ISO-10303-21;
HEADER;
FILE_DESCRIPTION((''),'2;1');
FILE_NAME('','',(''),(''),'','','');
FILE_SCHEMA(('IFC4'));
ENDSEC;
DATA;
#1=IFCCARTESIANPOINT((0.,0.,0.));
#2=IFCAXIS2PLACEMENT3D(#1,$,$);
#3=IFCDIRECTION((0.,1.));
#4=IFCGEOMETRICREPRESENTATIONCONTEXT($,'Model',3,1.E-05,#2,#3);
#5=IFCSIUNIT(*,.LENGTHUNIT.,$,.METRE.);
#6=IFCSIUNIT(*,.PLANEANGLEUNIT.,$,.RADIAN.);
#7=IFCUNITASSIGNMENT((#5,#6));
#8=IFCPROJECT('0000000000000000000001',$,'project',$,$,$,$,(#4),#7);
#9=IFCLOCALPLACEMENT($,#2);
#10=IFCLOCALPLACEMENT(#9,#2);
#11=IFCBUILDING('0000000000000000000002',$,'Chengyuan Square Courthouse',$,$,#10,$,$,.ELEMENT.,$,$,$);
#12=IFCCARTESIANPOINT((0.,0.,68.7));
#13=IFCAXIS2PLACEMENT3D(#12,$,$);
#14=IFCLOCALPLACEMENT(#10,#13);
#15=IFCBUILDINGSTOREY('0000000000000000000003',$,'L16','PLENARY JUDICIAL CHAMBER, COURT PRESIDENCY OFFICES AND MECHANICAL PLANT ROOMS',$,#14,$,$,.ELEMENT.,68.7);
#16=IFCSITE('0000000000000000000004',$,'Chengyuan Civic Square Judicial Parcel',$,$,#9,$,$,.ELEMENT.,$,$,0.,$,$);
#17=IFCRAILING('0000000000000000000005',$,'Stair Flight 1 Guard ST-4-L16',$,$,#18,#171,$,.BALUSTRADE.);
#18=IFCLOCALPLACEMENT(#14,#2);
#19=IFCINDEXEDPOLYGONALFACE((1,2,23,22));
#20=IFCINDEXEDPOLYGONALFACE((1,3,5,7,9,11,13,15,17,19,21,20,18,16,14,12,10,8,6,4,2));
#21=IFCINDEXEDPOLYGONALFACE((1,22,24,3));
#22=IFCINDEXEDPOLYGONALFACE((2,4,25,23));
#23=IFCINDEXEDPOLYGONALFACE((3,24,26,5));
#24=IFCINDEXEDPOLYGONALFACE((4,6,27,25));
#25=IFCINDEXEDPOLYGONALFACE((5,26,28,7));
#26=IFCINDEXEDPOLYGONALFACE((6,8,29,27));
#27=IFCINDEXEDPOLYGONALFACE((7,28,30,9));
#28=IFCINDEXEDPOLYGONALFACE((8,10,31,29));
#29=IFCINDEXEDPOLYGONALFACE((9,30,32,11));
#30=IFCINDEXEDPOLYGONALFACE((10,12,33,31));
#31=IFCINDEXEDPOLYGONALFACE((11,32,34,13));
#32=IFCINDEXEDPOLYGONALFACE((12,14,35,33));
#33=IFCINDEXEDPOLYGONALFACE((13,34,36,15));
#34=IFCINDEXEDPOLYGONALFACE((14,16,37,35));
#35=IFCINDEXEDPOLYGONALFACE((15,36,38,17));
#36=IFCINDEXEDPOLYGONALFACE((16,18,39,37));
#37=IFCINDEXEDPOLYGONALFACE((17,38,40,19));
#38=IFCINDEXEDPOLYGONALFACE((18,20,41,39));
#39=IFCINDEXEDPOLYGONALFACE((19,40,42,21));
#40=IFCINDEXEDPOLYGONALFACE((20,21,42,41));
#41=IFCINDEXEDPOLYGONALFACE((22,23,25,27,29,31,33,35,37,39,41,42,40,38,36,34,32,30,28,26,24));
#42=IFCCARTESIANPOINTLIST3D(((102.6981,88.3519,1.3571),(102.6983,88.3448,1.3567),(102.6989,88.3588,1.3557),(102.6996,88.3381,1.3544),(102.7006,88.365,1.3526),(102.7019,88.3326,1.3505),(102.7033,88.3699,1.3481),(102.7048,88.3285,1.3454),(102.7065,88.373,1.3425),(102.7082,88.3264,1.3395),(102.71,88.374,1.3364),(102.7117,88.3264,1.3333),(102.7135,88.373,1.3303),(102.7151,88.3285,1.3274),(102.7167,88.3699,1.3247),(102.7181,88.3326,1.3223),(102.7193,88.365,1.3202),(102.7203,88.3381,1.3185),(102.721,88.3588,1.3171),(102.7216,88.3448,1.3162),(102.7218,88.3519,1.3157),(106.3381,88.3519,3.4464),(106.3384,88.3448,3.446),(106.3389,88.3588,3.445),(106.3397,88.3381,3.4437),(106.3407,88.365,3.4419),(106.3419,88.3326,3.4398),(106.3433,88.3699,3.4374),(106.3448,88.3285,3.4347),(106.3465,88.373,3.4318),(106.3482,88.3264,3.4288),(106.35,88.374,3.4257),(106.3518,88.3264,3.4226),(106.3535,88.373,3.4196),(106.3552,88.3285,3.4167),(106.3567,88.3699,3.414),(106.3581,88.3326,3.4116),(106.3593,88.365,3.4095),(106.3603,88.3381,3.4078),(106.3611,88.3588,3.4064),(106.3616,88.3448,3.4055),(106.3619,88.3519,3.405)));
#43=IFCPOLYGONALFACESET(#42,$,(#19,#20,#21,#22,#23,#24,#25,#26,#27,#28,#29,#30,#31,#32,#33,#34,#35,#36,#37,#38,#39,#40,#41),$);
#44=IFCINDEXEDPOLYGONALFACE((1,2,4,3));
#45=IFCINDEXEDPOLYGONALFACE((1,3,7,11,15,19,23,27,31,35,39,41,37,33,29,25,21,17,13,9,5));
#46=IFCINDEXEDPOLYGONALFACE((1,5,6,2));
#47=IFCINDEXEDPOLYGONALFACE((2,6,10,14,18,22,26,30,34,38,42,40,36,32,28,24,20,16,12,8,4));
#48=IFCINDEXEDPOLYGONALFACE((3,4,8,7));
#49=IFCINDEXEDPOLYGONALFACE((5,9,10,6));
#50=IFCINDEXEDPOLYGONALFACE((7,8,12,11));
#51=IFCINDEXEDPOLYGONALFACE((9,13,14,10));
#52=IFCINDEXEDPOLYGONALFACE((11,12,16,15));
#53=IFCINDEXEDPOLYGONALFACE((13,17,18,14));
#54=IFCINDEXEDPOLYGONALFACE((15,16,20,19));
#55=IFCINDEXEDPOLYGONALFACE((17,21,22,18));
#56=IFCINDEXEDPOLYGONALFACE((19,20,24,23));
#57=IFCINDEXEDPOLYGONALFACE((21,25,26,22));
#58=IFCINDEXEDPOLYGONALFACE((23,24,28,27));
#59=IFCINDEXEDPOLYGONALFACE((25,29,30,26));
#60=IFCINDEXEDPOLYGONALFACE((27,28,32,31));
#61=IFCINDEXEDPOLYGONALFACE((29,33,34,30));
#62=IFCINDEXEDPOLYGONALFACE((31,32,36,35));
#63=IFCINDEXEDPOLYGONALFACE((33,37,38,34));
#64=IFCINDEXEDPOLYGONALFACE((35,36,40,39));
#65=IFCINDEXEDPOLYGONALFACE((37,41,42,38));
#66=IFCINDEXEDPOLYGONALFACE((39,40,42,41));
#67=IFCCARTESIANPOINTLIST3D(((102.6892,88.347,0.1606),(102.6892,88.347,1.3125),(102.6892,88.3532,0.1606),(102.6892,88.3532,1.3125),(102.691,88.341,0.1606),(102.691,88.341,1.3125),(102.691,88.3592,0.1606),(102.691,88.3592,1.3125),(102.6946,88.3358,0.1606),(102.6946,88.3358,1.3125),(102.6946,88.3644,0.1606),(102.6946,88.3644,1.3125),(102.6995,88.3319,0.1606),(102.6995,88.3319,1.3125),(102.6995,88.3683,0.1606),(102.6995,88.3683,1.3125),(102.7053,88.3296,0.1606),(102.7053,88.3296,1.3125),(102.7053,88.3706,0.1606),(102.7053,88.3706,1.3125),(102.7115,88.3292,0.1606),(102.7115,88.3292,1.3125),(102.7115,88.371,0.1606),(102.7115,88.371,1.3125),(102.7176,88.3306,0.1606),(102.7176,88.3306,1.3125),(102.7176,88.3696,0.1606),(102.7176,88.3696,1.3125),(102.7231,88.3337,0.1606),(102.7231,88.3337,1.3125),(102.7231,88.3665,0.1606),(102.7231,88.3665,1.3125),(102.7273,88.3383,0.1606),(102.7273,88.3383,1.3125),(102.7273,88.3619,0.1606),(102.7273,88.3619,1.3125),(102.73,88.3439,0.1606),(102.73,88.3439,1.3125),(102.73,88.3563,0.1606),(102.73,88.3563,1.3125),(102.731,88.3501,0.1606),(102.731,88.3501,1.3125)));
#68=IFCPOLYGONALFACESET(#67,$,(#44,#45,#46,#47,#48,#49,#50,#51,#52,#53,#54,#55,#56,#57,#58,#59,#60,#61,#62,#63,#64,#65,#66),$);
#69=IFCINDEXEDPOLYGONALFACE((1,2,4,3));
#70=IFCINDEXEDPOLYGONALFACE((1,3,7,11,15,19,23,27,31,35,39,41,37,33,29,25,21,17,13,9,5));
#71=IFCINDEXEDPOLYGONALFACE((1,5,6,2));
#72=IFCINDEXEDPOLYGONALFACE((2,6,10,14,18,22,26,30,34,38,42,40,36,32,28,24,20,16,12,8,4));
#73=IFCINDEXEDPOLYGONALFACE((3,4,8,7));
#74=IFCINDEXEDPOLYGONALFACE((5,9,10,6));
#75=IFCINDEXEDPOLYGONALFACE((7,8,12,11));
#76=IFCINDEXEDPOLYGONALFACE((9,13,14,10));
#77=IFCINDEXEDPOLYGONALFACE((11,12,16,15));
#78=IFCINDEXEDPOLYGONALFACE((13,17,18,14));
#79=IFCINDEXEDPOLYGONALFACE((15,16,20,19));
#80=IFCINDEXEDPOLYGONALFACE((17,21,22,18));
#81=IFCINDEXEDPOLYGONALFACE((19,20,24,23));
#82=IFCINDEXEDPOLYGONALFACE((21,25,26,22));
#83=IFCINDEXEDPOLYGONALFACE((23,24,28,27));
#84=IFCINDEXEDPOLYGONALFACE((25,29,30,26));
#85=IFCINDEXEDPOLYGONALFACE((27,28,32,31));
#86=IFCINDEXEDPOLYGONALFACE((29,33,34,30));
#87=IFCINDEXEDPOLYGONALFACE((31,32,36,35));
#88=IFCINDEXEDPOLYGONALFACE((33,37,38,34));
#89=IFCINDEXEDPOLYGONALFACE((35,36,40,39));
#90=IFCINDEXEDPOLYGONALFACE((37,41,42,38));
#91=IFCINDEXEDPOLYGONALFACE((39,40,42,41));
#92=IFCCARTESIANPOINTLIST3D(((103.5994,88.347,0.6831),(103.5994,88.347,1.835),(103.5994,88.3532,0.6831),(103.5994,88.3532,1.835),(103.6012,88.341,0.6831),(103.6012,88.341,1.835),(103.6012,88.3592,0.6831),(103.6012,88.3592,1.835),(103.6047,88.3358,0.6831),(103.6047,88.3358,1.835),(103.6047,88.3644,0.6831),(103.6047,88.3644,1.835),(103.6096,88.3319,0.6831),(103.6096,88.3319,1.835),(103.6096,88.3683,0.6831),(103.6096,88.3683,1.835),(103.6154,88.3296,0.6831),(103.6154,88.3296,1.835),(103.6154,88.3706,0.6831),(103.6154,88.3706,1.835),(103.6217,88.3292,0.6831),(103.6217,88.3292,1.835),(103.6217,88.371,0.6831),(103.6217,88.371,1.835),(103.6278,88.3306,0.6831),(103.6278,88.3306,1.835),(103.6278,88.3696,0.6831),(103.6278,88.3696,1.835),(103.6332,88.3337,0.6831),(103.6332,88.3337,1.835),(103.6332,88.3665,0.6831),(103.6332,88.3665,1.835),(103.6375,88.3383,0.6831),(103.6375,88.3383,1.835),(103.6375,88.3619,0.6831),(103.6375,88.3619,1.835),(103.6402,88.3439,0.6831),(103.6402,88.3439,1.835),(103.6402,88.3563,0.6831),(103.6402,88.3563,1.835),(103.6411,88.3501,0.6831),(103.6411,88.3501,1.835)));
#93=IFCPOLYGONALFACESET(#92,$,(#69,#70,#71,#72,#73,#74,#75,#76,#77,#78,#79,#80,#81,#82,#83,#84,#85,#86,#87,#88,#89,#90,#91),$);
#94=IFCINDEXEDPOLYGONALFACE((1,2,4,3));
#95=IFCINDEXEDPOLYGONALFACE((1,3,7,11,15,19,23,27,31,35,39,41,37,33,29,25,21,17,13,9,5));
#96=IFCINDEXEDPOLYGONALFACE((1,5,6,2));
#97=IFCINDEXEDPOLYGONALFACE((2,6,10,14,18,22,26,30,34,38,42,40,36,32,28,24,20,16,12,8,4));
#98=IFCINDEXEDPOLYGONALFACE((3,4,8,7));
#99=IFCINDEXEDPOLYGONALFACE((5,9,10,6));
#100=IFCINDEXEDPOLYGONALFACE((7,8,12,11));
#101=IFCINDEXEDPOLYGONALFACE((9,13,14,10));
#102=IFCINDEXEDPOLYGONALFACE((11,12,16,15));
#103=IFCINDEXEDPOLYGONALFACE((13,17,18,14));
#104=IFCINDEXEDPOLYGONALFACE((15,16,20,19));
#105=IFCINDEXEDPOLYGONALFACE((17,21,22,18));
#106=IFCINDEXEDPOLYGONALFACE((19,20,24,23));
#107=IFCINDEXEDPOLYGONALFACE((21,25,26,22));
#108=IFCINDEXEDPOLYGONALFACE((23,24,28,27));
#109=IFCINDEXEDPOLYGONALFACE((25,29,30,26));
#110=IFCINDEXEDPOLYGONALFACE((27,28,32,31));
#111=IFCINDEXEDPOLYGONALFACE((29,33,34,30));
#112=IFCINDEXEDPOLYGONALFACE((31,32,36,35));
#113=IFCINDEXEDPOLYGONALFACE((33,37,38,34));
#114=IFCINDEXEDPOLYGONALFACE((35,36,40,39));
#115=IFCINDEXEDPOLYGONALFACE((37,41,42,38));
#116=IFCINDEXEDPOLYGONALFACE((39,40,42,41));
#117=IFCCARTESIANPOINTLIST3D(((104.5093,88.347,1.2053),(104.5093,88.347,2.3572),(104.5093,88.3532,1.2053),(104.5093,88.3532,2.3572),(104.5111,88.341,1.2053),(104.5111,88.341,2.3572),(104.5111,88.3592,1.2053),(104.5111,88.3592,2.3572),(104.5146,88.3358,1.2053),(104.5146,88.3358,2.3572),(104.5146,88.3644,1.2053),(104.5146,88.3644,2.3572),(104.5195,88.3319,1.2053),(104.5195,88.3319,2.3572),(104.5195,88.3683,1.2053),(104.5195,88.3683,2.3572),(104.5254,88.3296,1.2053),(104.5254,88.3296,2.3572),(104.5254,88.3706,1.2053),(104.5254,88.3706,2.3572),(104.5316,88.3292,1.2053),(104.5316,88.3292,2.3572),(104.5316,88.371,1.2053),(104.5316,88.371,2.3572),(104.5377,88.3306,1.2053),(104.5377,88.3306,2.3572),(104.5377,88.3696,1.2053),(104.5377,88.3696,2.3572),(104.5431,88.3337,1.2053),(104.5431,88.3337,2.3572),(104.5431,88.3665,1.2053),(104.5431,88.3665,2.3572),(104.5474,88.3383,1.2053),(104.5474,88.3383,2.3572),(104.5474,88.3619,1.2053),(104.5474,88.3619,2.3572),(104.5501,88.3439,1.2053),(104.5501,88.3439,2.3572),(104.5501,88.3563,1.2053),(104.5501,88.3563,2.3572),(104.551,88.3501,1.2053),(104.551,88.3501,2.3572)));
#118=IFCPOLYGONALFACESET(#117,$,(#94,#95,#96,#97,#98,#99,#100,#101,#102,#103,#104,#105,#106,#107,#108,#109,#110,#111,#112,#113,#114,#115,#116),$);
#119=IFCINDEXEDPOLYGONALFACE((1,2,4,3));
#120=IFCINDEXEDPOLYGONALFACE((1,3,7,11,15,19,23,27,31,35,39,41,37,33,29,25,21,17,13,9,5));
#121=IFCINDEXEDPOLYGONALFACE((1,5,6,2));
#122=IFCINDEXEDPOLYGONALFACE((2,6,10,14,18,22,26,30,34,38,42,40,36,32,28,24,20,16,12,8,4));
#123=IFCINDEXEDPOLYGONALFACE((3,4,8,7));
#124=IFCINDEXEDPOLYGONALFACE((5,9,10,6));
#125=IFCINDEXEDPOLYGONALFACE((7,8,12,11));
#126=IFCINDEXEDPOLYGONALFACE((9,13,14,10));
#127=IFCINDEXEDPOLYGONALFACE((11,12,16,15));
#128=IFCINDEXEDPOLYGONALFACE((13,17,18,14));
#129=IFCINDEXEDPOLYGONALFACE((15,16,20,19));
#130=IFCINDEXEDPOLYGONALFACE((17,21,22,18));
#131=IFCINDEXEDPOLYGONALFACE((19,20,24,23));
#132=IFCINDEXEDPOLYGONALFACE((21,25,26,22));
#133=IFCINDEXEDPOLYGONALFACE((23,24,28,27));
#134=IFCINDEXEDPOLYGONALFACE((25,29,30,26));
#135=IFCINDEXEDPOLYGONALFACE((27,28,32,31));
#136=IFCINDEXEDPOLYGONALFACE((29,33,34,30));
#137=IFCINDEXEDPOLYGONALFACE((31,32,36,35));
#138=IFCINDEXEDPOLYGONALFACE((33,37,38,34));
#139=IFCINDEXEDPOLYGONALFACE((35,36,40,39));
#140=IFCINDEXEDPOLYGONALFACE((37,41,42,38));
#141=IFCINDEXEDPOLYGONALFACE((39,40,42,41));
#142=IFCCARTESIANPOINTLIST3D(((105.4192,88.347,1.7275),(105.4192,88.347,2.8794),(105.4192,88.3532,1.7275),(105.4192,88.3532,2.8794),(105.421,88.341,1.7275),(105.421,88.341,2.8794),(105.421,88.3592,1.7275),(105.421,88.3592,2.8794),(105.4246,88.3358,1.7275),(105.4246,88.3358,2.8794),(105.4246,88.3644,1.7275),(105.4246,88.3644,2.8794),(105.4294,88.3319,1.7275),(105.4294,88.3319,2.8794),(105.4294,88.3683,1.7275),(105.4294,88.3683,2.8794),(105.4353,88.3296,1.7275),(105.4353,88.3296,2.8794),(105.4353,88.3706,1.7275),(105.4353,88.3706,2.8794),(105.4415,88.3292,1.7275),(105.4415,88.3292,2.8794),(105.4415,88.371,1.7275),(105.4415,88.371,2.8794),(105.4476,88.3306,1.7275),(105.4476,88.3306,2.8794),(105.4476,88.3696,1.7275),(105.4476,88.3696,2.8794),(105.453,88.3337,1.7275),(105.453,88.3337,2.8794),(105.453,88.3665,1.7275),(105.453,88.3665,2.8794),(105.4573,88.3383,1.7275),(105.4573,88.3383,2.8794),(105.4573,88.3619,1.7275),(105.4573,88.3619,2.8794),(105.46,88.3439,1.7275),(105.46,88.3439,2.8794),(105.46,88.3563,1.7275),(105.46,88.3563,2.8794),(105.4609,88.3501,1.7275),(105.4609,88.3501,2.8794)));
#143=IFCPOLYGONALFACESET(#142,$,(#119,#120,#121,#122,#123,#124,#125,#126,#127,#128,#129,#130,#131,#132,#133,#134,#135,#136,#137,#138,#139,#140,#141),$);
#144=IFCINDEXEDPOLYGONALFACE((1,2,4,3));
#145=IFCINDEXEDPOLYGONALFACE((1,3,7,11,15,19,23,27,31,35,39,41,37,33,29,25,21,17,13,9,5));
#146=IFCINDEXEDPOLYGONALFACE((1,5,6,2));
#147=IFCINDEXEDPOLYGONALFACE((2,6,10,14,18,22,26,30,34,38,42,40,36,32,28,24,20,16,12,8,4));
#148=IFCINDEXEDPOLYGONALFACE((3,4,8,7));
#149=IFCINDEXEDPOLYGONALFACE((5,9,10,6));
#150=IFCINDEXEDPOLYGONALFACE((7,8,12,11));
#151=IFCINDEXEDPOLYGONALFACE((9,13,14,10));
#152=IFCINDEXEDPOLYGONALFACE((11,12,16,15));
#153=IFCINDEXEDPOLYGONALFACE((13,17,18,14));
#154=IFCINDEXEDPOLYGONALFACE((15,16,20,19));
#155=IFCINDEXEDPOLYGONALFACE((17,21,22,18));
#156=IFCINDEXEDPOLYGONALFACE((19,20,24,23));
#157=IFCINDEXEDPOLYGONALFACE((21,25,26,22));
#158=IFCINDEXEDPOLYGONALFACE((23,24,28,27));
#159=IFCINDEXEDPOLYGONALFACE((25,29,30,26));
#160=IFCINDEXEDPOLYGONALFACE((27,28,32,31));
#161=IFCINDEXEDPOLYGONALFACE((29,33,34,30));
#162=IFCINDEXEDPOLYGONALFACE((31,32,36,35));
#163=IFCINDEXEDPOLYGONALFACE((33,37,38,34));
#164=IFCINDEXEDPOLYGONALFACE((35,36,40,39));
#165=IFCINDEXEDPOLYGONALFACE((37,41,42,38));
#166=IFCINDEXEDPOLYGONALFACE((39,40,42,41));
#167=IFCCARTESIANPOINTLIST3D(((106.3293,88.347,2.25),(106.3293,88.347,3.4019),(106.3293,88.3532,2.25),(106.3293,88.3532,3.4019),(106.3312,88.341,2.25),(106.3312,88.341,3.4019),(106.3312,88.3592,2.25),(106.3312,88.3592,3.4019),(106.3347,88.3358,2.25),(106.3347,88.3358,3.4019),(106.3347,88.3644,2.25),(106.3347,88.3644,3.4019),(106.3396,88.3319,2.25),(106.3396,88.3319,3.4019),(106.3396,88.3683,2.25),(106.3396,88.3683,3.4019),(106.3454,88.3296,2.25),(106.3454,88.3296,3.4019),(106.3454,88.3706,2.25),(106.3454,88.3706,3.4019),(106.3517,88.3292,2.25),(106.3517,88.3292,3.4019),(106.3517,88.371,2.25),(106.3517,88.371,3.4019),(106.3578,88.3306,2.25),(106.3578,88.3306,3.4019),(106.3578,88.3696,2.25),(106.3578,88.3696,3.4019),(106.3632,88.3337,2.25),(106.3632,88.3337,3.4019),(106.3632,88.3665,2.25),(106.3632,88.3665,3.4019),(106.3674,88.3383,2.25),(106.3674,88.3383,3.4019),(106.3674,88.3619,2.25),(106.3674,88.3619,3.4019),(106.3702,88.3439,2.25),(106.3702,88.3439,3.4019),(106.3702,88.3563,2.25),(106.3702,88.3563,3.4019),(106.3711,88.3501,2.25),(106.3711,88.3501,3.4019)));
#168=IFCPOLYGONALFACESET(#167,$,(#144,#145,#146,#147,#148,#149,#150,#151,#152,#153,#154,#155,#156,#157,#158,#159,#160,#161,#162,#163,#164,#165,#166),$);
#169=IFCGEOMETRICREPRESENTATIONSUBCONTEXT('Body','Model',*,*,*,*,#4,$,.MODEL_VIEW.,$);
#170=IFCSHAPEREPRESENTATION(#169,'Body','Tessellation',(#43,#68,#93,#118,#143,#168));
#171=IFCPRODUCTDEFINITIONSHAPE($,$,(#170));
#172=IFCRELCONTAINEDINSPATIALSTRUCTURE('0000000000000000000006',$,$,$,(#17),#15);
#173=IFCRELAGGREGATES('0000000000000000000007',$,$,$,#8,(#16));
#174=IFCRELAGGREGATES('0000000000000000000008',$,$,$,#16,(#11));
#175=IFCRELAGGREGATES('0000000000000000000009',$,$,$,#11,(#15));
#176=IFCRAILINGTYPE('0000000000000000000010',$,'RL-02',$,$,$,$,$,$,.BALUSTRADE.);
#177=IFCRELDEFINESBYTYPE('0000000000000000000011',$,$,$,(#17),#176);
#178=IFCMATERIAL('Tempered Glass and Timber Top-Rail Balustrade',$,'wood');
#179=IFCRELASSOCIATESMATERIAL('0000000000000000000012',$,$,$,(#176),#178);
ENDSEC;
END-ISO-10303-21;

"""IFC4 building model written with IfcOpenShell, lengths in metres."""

from ifc_helpers import new_model, si_unit, direction, frame, origin, origin_2d, place, context, subcontext, project, spatial, circle, extrude, material, type_object, element, save


model = new_model("IFC4")

# Units and contexts
model_context = context("Model", 3, precision=1e-05, world=origin(), true_north=direction((0.0, 1.0)))
body_context = subcontext(model_context, "Body", "Model", "MODEL_VIEW")
ifc_project = project(units=[si_unit("LENGTHUNIT", "METRE"), si_unit("PLANEANGLEUNIT", "RADIAN")], contexts=[model_context])

# Site, building, storey
site_placement = place(None, origin())
site = spatial("IfcSite", under=ifc_project, at=site_placement, Name="Chengyuan Civic Square Judicial Parcel", CompositionType="ELEMENT", RefElevation=0.0)
building_placement = place(site_placement, origin())
building = spatial("IfcBuilding", under=site, at=building_placement, Name="Chengyuan Square Courthouse", CompositionType="ELEMENT")
storey_placement = place(building_placement, frame((0.0, 0.0, 68.7)))
storey = spatial("IfcBuildingStorey", under=building, at=storey_placement, Name="L16", Description="PLENARY JUDICIAL CHAMBER, COURT PRESIDENCY OFFICES AND MECHANICAL PLANT ROOMS", CompositionType="ELEMENT", Elevation=68.7)

# Railing
ifc_material_1 = material(Name="Tempered Glass and Timber Top-Rail Balustrade", Category="wood")
railing_type_1 = type_object("IfcRailingType", Name="RL-02", PredefinedType="BALUSTRADE", material=ifc_material_1)
railing_1_placement = place(storey_placement, frame((102.71, 88.3501, 0.1606)))
element("IfcRailing", 1, at=railing_1_placement, inside=storey, type_object=railing_type_1, Name="Stair Flight 1 Guard ST-4-L16", PredefinedType="BALUSTRADE", context=body_context, shape_type="SweptSolid", body=[
    extrude(circle(Radius=0.0239, at=origin_2d()), frame((0.0, 0.0, 1.1758), z_axis=(0.867289, 0.0, 0.497804), x_axis=(0.0, 1.0, 0.0)), (0.0, 0.0, 1.0), 4.197),
    extrude(circle(Radius=0.021, at=origin_2d()), origin(), (0.0, 0.0, 1.0), 1.1519),
    extrude(circle(Radius=0.021, at=origin_2d()), frame((0.9102, 0.0, 0.5225)), (0.0, 0.0, 1.0), 1.1519),
    extrude(circle(Radius=0.021, at=origin_2d()), frame((1.8201, 0.0, 1.0447)), (0.0, 0.0, 1.0), 1.1519),
    extrude(circle(Radius=0.021, at=origin_2d()), frame((2.73, 0.0, 1.5669)), (0.0, 0.0, 1.0), 1.1519),
    extrude(circle(Radius=0.021, at=origin_2d()), frame((3.6401, 0.0, 2.0894)), (0.0, 0.0, 1.0), 1.1519),
])

save(model, "model.ifc")
